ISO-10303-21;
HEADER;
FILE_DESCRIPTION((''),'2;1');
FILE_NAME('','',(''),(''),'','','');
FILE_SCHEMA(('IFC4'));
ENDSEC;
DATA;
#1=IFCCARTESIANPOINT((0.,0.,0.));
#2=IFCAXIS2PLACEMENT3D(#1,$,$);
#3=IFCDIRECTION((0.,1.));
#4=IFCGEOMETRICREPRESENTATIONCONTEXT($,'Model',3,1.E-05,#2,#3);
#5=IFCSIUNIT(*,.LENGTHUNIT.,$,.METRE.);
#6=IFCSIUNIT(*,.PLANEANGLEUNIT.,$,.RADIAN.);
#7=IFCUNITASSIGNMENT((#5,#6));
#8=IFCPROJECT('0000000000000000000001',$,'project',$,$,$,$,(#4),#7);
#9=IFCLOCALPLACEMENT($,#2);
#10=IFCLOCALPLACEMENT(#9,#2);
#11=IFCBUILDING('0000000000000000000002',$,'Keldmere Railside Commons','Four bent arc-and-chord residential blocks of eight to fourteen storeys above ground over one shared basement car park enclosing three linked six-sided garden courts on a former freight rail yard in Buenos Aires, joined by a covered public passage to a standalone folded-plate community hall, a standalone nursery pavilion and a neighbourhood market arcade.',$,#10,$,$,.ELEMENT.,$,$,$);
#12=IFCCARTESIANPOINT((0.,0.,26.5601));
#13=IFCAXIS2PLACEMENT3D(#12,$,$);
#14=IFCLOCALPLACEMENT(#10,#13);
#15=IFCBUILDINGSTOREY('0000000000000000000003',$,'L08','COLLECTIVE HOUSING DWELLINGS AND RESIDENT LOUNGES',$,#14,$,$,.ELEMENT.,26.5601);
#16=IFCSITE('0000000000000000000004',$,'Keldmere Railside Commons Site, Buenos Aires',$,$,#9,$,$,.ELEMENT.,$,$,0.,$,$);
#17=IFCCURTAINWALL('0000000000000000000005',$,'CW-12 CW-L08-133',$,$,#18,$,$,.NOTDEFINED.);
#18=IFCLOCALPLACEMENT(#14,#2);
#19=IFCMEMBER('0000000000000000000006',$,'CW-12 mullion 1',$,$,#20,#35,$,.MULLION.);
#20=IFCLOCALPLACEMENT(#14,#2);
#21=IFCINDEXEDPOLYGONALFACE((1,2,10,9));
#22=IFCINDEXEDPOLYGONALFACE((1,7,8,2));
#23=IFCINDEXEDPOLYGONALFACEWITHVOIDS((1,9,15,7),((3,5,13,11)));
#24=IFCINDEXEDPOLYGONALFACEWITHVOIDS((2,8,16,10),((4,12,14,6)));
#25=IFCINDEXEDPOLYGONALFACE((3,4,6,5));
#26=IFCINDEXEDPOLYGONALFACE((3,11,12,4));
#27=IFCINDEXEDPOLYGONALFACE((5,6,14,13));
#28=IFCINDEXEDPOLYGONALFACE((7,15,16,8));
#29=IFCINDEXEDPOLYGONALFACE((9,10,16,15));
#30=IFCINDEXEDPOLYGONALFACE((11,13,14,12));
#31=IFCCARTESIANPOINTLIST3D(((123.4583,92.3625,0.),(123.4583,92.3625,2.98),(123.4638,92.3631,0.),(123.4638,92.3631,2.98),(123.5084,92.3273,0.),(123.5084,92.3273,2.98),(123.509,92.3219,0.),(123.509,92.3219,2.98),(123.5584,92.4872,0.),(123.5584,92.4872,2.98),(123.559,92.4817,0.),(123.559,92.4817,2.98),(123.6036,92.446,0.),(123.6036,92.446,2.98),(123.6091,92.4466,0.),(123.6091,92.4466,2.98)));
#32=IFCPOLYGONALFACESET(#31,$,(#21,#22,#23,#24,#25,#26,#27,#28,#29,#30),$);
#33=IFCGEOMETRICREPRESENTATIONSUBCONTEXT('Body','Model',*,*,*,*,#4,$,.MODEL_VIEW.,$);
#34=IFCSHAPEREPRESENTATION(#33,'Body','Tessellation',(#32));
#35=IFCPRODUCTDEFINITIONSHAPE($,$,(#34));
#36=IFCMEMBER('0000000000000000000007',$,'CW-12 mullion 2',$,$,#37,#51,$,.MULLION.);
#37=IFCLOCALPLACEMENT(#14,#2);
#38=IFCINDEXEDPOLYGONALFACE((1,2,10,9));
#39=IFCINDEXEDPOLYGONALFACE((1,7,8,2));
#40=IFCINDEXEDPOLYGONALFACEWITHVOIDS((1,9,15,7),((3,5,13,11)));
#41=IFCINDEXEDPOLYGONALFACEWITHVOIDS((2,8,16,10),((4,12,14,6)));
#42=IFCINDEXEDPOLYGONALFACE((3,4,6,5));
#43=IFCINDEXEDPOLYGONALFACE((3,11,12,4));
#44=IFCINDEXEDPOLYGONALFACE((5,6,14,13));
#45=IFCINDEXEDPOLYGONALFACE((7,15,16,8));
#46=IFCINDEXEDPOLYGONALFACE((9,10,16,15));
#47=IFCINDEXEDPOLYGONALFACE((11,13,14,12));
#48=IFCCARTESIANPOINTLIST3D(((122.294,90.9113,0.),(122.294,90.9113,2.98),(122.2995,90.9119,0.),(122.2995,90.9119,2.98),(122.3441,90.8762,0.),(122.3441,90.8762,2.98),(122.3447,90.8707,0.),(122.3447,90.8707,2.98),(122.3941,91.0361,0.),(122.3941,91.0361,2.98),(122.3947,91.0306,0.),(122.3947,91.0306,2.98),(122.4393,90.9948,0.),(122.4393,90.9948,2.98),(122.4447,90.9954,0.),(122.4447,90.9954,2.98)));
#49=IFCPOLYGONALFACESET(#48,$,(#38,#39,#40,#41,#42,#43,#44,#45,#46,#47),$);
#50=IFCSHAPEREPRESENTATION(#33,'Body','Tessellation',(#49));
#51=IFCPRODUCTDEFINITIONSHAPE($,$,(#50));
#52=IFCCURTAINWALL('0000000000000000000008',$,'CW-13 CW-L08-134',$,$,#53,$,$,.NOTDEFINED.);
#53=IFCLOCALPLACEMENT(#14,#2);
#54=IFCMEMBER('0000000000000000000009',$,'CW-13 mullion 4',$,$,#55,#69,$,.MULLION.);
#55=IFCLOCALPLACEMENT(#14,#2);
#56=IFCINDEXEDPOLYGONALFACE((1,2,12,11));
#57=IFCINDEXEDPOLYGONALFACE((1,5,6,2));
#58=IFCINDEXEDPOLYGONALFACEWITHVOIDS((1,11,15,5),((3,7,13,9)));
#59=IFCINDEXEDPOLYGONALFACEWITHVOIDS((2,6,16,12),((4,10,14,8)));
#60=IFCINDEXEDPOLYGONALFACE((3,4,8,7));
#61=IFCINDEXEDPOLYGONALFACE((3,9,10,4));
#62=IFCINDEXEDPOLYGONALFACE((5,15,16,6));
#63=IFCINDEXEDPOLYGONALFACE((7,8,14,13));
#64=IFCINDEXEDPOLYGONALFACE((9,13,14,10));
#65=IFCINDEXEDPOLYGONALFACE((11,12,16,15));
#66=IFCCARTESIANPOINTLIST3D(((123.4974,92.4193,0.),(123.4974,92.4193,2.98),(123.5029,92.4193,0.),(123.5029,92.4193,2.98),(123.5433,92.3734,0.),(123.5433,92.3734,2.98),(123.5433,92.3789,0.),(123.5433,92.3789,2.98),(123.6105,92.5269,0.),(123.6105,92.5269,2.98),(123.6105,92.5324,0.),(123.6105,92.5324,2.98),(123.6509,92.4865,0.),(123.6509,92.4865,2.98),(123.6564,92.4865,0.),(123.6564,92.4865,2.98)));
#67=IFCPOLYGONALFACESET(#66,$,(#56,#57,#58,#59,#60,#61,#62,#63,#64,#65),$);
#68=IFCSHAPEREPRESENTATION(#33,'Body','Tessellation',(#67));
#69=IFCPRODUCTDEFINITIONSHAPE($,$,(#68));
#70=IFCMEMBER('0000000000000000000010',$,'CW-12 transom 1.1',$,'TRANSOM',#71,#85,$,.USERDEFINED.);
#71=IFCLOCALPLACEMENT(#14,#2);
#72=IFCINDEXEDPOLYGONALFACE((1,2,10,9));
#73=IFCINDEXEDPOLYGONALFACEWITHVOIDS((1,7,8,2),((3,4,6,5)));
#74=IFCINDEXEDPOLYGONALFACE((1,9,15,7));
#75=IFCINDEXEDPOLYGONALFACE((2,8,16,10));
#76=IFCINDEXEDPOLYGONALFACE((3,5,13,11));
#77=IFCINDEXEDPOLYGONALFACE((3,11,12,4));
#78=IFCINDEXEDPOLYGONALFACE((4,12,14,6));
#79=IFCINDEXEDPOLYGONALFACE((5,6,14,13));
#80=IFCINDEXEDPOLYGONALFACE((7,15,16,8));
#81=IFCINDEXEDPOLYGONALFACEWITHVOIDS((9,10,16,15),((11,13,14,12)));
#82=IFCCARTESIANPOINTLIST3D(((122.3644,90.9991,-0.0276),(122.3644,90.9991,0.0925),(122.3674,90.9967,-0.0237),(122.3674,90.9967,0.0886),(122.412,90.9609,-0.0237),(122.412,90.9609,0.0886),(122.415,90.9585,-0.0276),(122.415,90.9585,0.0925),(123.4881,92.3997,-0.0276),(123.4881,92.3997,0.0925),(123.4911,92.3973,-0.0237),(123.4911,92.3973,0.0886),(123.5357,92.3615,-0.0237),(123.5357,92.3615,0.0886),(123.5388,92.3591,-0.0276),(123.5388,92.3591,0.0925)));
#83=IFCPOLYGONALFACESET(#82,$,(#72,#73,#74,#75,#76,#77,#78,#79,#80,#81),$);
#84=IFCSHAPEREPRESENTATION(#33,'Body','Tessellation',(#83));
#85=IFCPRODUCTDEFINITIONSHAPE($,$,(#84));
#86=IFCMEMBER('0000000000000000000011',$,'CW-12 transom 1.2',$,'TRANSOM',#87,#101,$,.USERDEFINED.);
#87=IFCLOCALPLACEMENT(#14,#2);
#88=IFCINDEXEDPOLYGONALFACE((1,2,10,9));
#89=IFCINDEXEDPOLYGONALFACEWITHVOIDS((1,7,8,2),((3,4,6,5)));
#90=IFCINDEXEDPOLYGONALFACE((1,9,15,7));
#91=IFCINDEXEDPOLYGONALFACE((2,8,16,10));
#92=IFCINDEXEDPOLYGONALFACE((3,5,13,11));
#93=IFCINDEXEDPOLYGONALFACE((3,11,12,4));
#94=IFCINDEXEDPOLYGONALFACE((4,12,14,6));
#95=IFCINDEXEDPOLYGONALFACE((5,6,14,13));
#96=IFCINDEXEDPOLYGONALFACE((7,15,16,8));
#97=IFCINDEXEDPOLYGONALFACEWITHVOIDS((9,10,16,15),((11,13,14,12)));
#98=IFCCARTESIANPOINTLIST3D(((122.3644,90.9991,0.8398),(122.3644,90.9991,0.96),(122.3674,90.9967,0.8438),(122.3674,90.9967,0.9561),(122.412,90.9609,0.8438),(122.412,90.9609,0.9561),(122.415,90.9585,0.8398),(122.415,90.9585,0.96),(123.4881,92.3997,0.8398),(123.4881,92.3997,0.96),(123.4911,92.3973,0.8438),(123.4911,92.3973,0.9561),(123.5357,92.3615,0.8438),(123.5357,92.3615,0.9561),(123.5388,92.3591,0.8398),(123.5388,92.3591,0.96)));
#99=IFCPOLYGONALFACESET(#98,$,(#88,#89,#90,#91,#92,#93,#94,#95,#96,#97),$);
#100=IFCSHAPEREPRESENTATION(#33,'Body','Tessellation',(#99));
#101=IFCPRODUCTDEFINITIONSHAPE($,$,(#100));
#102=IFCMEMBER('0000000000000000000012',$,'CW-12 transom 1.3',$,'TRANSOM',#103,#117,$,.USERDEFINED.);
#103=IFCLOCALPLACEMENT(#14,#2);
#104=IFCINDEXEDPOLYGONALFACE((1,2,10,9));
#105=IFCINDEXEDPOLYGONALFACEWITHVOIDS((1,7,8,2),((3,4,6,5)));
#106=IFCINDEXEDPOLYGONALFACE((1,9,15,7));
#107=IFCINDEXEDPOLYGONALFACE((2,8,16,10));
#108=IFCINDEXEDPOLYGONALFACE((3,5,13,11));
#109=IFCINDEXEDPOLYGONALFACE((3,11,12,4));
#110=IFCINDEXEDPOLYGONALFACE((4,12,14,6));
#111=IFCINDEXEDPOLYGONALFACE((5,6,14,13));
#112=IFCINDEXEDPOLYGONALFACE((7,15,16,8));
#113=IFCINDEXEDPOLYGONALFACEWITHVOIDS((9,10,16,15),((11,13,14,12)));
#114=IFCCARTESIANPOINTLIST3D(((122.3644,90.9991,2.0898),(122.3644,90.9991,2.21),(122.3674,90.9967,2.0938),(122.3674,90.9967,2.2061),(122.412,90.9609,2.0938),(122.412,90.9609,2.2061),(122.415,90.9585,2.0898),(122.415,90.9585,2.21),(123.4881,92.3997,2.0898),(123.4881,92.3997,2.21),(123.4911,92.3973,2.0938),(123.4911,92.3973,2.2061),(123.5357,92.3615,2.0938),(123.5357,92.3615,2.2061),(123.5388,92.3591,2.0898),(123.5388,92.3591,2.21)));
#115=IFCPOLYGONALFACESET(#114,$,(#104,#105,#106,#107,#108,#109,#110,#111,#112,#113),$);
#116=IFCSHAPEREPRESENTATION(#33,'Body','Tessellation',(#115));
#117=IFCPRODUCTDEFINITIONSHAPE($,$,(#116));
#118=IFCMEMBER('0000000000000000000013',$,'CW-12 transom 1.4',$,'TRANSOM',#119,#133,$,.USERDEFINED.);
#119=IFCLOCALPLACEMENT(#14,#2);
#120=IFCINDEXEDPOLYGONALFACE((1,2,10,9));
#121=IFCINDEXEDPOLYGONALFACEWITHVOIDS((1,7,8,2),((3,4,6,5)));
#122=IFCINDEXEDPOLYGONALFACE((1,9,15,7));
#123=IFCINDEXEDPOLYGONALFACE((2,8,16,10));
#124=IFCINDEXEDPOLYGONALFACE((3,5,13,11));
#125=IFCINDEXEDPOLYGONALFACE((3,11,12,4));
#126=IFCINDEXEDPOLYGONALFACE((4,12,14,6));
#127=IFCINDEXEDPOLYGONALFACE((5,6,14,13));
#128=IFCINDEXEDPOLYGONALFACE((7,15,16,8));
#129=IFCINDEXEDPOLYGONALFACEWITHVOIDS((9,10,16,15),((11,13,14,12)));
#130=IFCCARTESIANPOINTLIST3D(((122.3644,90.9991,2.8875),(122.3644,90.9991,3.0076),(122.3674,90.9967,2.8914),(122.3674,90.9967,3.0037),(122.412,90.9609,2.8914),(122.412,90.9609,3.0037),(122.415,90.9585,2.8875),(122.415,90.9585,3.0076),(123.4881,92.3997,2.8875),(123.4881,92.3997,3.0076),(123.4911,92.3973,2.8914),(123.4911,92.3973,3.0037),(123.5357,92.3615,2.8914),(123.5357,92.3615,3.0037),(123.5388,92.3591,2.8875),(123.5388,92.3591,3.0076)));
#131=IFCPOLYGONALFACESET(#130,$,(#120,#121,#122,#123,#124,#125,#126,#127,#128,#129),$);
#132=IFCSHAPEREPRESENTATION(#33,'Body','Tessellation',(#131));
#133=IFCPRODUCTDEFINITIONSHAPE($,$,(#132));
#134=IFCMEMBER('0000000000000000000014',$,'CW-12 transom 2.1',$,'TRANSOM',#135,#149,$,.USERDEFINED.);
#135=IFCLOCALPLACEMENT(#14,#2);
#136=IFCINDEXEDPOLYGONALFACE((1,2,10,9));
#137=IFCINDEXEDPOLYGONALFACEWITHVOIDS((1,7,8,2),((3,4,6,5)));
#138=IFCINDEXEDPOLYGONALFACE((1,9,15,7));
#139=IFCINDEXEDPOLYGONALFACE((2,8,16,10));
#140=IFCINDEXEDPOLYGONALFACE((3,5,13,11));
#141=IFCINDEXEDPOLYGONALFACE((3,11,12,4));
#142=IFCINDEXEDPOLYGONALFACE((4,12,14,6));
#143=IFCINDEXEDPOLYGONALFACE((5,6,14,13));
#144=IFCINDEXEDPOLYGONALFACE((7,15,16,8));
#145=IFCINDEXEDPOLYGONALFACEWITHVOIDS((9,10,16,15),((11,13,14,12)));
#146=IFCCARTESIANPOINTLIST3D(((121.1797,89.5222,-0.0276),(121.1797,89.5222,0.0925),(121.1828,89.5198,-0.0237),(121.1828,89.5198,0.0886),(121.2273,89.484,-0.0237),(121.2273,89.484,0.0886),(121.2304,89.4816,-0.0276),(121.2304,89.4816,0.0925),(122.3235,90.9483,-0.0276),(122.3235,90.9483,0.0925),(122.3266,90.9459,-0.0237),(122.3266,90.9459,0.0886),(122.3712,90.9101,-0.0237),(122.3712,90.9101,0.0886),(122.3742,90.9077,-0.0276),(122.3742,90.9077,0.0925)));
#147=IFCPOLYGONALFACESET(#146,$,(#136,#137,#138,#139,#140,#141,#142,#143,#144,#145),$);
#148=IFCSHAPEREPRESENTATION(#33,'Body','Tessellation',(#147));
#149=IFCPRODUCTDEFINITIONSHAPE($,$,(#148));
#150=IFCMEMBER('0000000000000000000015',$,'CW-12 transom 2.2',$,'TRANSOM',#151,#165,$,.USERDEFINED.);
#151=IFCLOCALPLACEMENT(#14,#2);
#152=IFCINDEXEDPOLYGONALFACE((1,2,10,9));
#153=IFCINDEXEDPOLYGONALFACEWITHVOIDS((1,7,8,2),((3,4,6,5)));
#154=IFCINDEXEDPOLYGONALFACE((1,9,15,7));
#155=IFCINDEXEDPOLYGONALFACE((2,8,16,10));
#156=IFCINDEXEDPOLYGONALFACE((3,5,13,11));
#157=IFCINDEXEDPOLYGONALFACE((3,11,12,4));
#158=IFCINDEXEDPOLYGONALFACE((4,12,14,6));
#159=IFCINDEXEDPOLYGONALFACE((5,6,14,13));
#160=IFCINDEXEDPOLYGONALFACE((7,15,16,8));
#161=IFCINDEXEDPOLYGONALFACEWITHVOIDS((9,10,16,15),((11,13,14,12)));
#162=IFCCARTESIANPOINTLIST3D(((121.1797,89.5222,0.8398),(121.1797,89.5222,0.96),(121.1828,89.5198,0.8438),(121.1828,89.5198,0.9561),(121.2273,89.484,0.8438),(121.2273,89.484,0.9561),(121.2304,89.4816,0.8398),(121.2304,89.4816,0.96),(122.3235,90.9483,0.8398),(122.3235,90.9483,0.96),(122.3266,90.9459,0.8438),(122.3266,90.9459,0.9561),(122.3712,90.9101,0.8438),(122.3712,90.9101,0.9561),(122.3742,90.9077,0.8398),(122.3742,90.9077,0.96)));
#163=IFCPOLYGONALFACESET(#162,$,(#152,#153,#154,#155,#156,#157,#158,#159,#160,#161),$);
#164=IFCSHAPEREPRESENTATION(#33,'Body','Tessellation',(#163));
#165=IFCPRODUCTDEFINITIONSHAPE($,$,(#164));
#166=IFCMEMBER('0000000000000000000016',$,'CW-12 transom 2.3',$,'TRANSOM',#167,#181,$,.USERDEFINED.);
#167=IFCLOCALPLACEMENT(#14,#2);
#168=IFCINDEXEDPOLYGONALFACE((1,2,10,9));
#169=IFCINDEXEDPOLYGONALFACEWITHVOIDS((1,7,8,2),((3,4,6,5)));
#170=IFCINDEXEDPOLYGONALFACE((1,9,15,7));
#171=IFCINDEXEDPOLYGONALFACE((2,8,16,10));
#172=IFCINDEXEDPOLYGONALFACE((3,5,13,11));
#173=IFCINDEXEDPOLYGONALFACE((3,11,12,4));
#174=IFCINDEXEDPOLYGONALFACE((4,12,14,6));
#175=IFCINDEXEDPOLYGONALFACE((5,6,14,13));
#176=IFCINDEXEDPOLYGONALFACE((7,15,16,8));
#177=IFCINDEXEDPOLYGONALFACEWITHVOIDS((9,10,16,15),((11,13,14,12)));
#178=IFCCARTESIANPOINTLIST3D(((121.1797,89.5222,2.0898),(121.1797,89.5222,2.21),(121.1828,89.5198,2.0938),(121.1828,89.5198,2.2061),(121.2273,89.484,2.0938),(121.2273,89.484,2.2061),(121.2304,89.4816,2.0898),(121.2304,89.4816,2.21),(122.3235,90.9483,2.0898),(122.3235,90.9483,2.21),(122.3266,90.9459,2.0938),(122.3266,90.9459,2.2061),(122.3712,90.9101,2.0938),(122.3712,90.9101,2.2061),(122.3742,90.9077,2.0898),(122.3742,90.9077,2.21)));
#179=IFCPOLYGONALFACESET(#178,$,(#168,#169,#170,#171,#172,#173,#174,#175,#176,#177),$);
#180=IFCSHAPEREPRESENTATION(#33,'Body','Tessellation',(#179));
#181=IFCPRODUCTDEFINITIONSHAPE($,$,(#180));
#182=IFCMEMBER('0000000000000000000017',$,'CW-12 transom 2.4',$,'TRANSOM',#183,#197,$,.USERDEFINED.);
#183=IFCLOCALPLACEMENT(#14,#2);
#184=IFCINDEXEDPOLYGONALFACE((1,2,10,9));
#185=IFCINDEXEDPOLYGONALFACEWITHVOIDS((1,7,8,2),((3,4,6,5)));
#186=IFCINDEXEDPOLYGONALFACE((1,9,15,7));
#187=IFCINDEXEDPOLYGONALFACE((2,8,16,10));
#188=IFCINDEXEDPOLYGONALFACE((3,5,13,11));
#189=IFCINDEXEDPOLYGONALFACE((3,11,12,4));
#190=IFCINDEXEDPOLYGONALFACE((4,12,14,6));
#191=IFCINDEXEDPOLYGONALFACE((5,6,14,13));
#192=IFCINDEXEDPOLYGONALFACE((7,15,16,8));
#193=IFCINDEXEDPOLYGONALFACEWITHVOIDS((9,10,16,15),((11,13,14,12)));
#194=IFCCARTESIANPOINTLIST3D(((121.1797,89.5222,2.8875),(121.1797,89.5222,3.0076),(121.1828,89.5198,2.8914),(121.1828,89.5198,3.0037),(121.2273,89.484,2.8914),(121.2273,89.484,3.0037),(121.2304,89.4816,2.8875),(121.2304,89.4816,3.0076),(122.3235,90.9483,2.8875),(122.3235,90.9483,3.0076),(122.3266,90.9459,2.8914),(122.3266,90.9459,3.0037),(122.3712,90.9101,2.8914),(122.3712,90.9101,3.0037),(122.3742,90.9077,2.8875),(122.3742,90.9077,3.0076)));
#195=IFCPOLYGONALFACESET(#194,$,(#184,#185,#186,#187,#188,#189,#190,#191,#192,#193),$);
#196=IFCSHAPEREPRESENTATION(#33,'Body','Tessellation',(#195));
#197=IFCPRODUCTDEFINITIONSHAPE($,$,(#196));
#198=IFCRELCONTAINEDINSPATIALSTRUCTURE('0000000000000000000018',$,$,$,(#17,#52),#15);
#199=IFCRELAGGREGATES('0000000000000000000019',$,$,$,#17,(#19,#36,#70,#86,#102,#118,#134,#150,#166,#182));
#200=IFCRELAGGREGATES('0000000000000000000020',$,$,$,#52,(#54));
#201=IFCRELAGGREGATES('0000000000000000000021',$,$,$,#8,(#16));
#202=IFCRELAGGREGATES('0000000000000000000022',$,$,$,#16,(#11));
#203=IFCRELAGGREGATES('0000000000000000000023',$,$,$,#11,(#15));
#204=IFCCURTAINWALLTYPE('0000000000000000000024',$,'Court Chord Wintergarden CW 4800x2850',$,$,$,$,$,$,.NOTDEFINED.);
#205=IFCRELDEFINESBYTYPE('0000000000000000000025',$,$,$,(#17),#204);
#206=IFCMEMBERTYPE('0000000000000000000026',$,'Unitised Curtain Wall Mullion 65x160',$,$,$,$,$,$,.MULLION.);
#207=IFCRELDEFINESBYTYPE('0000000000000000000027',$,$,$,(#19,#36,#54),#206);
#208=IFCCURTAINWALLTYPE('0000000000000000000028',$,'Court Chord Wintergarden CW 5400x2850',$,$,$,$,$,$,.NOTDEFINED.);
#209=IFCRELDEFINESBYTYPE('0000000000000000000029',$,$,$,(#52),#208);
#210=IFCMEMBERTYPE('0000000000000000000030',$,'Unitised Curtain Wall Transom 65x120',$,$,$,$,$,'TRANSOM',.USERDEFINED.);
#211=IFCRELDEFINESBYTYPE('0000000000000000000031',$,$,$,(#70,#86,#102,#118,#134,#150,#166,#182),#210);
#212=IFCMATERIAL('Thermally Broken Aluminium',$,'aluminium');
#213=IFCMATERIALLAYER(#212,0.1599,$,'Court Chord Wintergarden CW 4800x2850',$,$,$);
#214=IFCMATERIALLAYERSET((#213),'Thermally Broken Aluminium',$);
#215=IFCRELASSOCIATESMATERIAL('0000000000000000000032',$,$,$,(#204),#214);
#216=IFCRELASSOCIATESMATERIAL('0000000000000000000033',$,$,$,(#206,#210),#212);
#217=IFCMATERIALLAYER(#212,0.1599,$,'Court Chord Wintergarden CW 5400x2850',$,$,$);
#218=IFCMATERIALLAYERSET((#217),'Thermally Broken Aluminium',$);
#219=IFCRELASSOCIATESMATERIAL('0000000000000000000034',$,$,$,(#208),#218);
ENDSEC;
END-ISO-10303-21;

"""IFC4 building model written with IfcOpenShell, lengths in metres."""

from ifc_helpers import new_model, si_unit, direction, frame, origin, origin_2d, place, context, subcontext, project, spatial, hollow_rectangle, extrude, material, layer, layer_set, material_profile, profile_set, type_object, element, aggregate, save


model = new_model("IFC4")

# Units and contexts
model_context = context("Model", 3, precision=1e-05, world=origin(), true_north=direction((0.0, 1.0)))
body_context = subcontext(model_context, "Body", "Model", "MODEL_VIEW")
ifc_project = project(units=[si_unit("LENGTHUNIT", "METRE"), si_unit("PLANEANGLEUNIT", "RADIAN")], contexts=[model_context])

# Site, building, storey
site_placement = place(None, origin())
site = spatial("IfcSite", under=ifc_project, at=site_placement, Name="Keldmere Railside Commons Site, Buenos Aires", CompositionType="ELEMENT", RefElevation=0.0)
building_placement = place(site_placement, origin())
building = spatial("IfcBuilding", under=site, at=building_placement, Name="Keldmere Railside Commons", Description="Four bent arc-and-chord residential blocks of eight to fourteen storeys above ground over one shared basement car park enclosing three linked six-sided garden courts on a former freight rail yard in Buenos Aires, joined by a covered public passage to a standalone folded-plate community hall, a standalone nursery pavilion and a neighbourhood market arcade.", CompositionType="ELEMENT")
storey_placement = place(building_placement, frame((0.0, 0.0, 26.5601)))
storey = spatial("IfcBuildingStorey", under=building, at=storey_placement, Name="L08", Description="COLLECTIVE HOUSING DWELLINGS AND RESIDENT LOUNGES", CompositionType="ELEMENT", Elevation=26.5601)

# Curtain wall, members
ifc_material_1 = material(Name="Thermally Broken Aluminium", Category="aluminium")
ifc_layer_1 = layer(ifc_material_1, 0.1599, Name="Court Chord Wintergarden CW 4800x2850")
ifc_layer_set_1 = layer_set([ifc_layer_1], Name="Thermally Broken Aluminium")
curtain_wall_type_1 = type_object("IfcCurtainWallType", Name="Court Chord Wintergarden CW 4800x2850", PredefinedType="NOTDEFINED", material=ifc_layer_set_1)
curtain_wall_1_placement = place(storey_placement, origin())
curtain_wall_1 = element("IfcCurtainWall", 1, at=curtain_wall_1_placement, inside=storey, type_object=curtain_wall_type_1, Name="CW-12 CW-L08-133", PredefinedType="NOTDEFINED")
ifc_material_profile_1 = material_profile(ifc_material_1, hollow_rectangle(XDim=0.0649, YDim=0.1599, WallThickness=0.0039, at=origin_2d()), Name="ALU-MULL-65x160")
ifc_profile_set_1 = profile_set([ifc_material_profile_1], Name="Thermally Broken Aluminium")
member_type_1 = type_object("IfcMemberType", Name="Unitised Curtain Wall Mullion 65x160", PredefinedType="MULLION", material=ifc_profile_set_1)
member_1_placement = place(storey_placement, frame((123.5337, 92.4045, 0.0), z_axis=(0.0, 0.0, 1.0), x_axis=(0.780009, -0.625768, 0.0)))
member_1 = element("IfcMember", 2, at=member_1_placement, type_object=member_type_1, Name="CW-12 mullion 1", PredefinedType="MULLION", context=body_context, shape_type="SweptSolid", body=[
    extrude(hollow_rectangle(XDim=0.0649, YDim=0.1599, WallThickness=0.0039, at=origin_2d()), origin(), (0.0, 0.0, 1.0), 2.98),
])
member_2_placement = place(storey_placement, frame((122.3694, 90.9534, 0.0), z_axis=(0.0, 0.0, 1.0), x_axis=(0.780009, -0.625768, 0.0)))
member_2 = element("IfcMember", 3, at=member_2_placement, type_object=member_type_1, Name="CW-12 mullion 2", PredefinedType="MULLION", context=body_context, shape_type="SweptSolid", body=[
    extrude(hollow_rectangle(XDim=0.0649, YDim=0.1599, WallThickness=0.0039, at=origin_2d()), origin(), (0.0, 0.0, 1.0), 2.98),
])

# Curtain wall, member
ifc_layer_2 = layer(ifc_material_1, 0.1599, Name="Court Chord Wintergarden CW 5400x2850")
ifc_layer_set_2 = layer_set([ifc_layer_2], Name="Thermally Broken Aluminium")
curtain_wall_type_2 = type_object("IfcCurtainWallType", Name="Court Chord Wintergarden CW 5400x2850", PredefinedType="NOTDEFINED", material=ifc_layer_set_2)
curtain_wall_2_placement = place(storey_placement, origin())
curtain_wall_2 = element("IfcCurtainWall", 4, at=curtain_wall_2_placement, inside=storey, type_object=curtain_wall_type_2, Name="CW-13 CW-L08-134", PredefinedType="NOTDEFINED")
member_3_placement = place(storey_placement, frame((123.5769, 92.4529, 0.0), z_axis=(0.0, 0.0, 1.0), x_axis=(0.707107, -0.707107, 0.0)))
member_3 = element("IfcMember", 5, at=member_3_placement, type_object=member_type_1, Name="CW-13 mullion 4", PredefinedType="MULLION", context=body_context, shape_type="SweptSolid", body=[
    extrude(hollow_rectangle(XDim=0.0649, YDim=0.1599, WallThickness=0.0039, at=origin_2d()), origin(), (0.0, 0.0, 1.0), 2.98),
])

# Members
ifc_material_profile_2 = material_profile(ifc_material_1, hollow_rectangle(XDim=0.0649, YDim=0.1201, WallThickness=0.0039, at=origin_2d()), Name="ALU-TRAN-65x120")
ifc_profile_set_2 = profile_set([ifc_material_profile_2], Name="Thermally Broken Aluminium")
member_type_2 = type_object("IfcMemberType", Name="Unitised Curtain Wall Transom 65x120", ElementType="TRANSOM", PredefinedType="USERDEFINED", material=ifc_profile_set_2)
member_4_placement = place(storey_placement, frame((123.5134, 92.3794, 0.0325), z_axis=(-0.625805, -0.779979, 0.0), x_axis=(0.779979, -0.625805, 0.0)))
member_4 = element("IfcMember", 6, at=member_4_placement, type_object=member_type_2, Name="CW-12 transom 1.1", ObjectType="TRANSOM", PredefinedType="USERDEFINED", context=body_context, shape_type="SweptSolid", body=[
    extrude(hollow_rectangle(XDim=0.0649, YDim=0.1201, WallThickness=0.0039, at=origin_2d()), origin(), (0.0, 0.0, 1.0), 1.7957),
])
member_5_placement = place(storey_placement, frame((123.5134, 92.3794, 0.8999), z_axis=(-0.625805, -0.779979, 0.0), x_axis=(0.779979, -0.625805, 0.0)))
member_5 = element("IfcMember", 7, at=member_5_placement, type_object=member_type_2, Name="CW-12 transom 1.2", ObjectType="TRANSOM", PredefinedType="USERDEFINED", context=body_context, shape_type="SweptSolid", body=[
    extrude(hollow_rectangle(XDim=0.0649, YDim=0.1201, WallThickness=0.0039, at=origin_2d()), origin(), (0.0, 0.0, 1.0), 1.7957),
])
member_6_placement = place(storey_placement, frame((123.5134, 92.3794, 2.1499), z_axis=(-0.625805, -0.779979, 0.0), x_axis=(0.779979, -0.625805, 0.0)))
member_6 = element("IfcMember", 8, at=member_6_placement, type_object=member_type_2, Name="CW-12 transom 1.3", ObjectType="TRANSOM", PredefinedType="USERDEFINED", context=body_context, shape_type="SweptSolid", body=[
    extrude(hollow_rectangle(XDim=0.0649, YDim=0.1201, WallThickness=0.0039, at=origin_2d()), origin(), (0.0, 0.0, 1.0), 1.7957),
])
member_7_placement = place(storey_placement, frame((123.5134, 92.3794, 2.9475), z_axis=(-0.625805, -0.779979, 0.0), x_axis=(0.779979, -0.625805, 0.0)))
member_7 = element("IfcMember", 9, at=member_7_placement, type_object=member_type_2, Name="CW-12 transom 1.4", ObjectType="TRANSOM", PredefinedType="USERDEFINED", context=body_context, shape_type="SweptSolid", body=[
    extrude(hollow_rectangle(XDim=0.0649, YDim=0.1201, WallThickness=0.0039, at=origin_2d()), origin(), (0.0, 0.0, 1.0), 1.7957),
])
member_8_placement = place(storey_placement, frame((122.3489, 90.928, 0.0325), z_axis=(-0.625688, -0.780073, 0.0), x_axis=(0.780073, -0.625688, 0.0)))
member_8 = element("IfcMember", 10, at=member_8_placement, type_object=member_type_2, Name="CW-12 transom 2.1", ObjectType="TRANSOM", PredefinedType="USERDEFINED", context=body_context, shape_type="SweptSolid", body=[
    extrude(hollow_rectangle(XDim=0.0649, YDim=0.1201, WallThickness=0.0039, at=origin_2d()), origin(), (0.0, 0.0, 1.0), 1.8281),
])
member_9_placement = place(storey_placement, frame((122.3489, 90.928, 0.8999), z_axis=(-0.625688, -0.780073, 0.0), x_axis=(0.780073, -0.625688, 0.0)))
member_9 = element("IfcMember", 11, at=member_9_placement, type_object=member_type_2, Name="CW-12 transom 2.2", ObjectType="TRANSOM", PredefinedType="USERDEFINED", context=body_context, shape_type="SweptSolid", body=[
    extrude(hollow_rectangle(XDim=0.0649, YDim=0.1201, WallThickness=0.0039, at=origin_2d()), origin(), (0.0, 0.0, 1.0), 1.8281),
])
member_10_placement = place(storey_placement, frame((122.3489, 90.928, 2.1499), z_axis=(-0.625688, -0.780073, 0.0), x_axis=(0.780073, -0.625688, 0.0)))
member_10 = element("IfcMember", 12, at=member_10_placement, type_object=member_type_2, Name="CW-12 transom 2.3", ObjectType="TRANSOM", PredefinedType="USERDEFINED", context=body_context, shape_type="SweptSolid", body=[
    extrude(hollow_rectangle(XDim=0.0649, YDim=0.1201, WallThickness=0.0039, at=origin_2d()), origin(), (0.0, 0.0, 1.0), 1.8281),
])
member_11_placement = place(storey_placement, frame((122.3489, 90.928, 2.9475), z_axis=(-0.625688, -0.780073, 0.0), x_axis=(0.780073, -0.625688, 0.0)))
member_11 = element("IfcMember", 13, at=member_11_placement, type_object=member_type_2, Name="CW-12 transom 2.4", ObjectType="TRANSOM", PredefinedType="USERDEFINED", context=body_context, shape_type="SweptSolid", body=[
    extrude(hollow_rectangle(XDim=0.0649, YDim=0.1201, WallThickness=0.0039, at=origin_2d()), origin(), (0.0, 0.0, 1.0), 1.8281),
])

aggregate(curtain_wall_1, [member_1, member_2, member_4, member_5, member_6, member_7, member_8, member_9, member_10, member_11])
aggregate(curtain_wall_2, [member_3])

save(model, "model.ifc")
